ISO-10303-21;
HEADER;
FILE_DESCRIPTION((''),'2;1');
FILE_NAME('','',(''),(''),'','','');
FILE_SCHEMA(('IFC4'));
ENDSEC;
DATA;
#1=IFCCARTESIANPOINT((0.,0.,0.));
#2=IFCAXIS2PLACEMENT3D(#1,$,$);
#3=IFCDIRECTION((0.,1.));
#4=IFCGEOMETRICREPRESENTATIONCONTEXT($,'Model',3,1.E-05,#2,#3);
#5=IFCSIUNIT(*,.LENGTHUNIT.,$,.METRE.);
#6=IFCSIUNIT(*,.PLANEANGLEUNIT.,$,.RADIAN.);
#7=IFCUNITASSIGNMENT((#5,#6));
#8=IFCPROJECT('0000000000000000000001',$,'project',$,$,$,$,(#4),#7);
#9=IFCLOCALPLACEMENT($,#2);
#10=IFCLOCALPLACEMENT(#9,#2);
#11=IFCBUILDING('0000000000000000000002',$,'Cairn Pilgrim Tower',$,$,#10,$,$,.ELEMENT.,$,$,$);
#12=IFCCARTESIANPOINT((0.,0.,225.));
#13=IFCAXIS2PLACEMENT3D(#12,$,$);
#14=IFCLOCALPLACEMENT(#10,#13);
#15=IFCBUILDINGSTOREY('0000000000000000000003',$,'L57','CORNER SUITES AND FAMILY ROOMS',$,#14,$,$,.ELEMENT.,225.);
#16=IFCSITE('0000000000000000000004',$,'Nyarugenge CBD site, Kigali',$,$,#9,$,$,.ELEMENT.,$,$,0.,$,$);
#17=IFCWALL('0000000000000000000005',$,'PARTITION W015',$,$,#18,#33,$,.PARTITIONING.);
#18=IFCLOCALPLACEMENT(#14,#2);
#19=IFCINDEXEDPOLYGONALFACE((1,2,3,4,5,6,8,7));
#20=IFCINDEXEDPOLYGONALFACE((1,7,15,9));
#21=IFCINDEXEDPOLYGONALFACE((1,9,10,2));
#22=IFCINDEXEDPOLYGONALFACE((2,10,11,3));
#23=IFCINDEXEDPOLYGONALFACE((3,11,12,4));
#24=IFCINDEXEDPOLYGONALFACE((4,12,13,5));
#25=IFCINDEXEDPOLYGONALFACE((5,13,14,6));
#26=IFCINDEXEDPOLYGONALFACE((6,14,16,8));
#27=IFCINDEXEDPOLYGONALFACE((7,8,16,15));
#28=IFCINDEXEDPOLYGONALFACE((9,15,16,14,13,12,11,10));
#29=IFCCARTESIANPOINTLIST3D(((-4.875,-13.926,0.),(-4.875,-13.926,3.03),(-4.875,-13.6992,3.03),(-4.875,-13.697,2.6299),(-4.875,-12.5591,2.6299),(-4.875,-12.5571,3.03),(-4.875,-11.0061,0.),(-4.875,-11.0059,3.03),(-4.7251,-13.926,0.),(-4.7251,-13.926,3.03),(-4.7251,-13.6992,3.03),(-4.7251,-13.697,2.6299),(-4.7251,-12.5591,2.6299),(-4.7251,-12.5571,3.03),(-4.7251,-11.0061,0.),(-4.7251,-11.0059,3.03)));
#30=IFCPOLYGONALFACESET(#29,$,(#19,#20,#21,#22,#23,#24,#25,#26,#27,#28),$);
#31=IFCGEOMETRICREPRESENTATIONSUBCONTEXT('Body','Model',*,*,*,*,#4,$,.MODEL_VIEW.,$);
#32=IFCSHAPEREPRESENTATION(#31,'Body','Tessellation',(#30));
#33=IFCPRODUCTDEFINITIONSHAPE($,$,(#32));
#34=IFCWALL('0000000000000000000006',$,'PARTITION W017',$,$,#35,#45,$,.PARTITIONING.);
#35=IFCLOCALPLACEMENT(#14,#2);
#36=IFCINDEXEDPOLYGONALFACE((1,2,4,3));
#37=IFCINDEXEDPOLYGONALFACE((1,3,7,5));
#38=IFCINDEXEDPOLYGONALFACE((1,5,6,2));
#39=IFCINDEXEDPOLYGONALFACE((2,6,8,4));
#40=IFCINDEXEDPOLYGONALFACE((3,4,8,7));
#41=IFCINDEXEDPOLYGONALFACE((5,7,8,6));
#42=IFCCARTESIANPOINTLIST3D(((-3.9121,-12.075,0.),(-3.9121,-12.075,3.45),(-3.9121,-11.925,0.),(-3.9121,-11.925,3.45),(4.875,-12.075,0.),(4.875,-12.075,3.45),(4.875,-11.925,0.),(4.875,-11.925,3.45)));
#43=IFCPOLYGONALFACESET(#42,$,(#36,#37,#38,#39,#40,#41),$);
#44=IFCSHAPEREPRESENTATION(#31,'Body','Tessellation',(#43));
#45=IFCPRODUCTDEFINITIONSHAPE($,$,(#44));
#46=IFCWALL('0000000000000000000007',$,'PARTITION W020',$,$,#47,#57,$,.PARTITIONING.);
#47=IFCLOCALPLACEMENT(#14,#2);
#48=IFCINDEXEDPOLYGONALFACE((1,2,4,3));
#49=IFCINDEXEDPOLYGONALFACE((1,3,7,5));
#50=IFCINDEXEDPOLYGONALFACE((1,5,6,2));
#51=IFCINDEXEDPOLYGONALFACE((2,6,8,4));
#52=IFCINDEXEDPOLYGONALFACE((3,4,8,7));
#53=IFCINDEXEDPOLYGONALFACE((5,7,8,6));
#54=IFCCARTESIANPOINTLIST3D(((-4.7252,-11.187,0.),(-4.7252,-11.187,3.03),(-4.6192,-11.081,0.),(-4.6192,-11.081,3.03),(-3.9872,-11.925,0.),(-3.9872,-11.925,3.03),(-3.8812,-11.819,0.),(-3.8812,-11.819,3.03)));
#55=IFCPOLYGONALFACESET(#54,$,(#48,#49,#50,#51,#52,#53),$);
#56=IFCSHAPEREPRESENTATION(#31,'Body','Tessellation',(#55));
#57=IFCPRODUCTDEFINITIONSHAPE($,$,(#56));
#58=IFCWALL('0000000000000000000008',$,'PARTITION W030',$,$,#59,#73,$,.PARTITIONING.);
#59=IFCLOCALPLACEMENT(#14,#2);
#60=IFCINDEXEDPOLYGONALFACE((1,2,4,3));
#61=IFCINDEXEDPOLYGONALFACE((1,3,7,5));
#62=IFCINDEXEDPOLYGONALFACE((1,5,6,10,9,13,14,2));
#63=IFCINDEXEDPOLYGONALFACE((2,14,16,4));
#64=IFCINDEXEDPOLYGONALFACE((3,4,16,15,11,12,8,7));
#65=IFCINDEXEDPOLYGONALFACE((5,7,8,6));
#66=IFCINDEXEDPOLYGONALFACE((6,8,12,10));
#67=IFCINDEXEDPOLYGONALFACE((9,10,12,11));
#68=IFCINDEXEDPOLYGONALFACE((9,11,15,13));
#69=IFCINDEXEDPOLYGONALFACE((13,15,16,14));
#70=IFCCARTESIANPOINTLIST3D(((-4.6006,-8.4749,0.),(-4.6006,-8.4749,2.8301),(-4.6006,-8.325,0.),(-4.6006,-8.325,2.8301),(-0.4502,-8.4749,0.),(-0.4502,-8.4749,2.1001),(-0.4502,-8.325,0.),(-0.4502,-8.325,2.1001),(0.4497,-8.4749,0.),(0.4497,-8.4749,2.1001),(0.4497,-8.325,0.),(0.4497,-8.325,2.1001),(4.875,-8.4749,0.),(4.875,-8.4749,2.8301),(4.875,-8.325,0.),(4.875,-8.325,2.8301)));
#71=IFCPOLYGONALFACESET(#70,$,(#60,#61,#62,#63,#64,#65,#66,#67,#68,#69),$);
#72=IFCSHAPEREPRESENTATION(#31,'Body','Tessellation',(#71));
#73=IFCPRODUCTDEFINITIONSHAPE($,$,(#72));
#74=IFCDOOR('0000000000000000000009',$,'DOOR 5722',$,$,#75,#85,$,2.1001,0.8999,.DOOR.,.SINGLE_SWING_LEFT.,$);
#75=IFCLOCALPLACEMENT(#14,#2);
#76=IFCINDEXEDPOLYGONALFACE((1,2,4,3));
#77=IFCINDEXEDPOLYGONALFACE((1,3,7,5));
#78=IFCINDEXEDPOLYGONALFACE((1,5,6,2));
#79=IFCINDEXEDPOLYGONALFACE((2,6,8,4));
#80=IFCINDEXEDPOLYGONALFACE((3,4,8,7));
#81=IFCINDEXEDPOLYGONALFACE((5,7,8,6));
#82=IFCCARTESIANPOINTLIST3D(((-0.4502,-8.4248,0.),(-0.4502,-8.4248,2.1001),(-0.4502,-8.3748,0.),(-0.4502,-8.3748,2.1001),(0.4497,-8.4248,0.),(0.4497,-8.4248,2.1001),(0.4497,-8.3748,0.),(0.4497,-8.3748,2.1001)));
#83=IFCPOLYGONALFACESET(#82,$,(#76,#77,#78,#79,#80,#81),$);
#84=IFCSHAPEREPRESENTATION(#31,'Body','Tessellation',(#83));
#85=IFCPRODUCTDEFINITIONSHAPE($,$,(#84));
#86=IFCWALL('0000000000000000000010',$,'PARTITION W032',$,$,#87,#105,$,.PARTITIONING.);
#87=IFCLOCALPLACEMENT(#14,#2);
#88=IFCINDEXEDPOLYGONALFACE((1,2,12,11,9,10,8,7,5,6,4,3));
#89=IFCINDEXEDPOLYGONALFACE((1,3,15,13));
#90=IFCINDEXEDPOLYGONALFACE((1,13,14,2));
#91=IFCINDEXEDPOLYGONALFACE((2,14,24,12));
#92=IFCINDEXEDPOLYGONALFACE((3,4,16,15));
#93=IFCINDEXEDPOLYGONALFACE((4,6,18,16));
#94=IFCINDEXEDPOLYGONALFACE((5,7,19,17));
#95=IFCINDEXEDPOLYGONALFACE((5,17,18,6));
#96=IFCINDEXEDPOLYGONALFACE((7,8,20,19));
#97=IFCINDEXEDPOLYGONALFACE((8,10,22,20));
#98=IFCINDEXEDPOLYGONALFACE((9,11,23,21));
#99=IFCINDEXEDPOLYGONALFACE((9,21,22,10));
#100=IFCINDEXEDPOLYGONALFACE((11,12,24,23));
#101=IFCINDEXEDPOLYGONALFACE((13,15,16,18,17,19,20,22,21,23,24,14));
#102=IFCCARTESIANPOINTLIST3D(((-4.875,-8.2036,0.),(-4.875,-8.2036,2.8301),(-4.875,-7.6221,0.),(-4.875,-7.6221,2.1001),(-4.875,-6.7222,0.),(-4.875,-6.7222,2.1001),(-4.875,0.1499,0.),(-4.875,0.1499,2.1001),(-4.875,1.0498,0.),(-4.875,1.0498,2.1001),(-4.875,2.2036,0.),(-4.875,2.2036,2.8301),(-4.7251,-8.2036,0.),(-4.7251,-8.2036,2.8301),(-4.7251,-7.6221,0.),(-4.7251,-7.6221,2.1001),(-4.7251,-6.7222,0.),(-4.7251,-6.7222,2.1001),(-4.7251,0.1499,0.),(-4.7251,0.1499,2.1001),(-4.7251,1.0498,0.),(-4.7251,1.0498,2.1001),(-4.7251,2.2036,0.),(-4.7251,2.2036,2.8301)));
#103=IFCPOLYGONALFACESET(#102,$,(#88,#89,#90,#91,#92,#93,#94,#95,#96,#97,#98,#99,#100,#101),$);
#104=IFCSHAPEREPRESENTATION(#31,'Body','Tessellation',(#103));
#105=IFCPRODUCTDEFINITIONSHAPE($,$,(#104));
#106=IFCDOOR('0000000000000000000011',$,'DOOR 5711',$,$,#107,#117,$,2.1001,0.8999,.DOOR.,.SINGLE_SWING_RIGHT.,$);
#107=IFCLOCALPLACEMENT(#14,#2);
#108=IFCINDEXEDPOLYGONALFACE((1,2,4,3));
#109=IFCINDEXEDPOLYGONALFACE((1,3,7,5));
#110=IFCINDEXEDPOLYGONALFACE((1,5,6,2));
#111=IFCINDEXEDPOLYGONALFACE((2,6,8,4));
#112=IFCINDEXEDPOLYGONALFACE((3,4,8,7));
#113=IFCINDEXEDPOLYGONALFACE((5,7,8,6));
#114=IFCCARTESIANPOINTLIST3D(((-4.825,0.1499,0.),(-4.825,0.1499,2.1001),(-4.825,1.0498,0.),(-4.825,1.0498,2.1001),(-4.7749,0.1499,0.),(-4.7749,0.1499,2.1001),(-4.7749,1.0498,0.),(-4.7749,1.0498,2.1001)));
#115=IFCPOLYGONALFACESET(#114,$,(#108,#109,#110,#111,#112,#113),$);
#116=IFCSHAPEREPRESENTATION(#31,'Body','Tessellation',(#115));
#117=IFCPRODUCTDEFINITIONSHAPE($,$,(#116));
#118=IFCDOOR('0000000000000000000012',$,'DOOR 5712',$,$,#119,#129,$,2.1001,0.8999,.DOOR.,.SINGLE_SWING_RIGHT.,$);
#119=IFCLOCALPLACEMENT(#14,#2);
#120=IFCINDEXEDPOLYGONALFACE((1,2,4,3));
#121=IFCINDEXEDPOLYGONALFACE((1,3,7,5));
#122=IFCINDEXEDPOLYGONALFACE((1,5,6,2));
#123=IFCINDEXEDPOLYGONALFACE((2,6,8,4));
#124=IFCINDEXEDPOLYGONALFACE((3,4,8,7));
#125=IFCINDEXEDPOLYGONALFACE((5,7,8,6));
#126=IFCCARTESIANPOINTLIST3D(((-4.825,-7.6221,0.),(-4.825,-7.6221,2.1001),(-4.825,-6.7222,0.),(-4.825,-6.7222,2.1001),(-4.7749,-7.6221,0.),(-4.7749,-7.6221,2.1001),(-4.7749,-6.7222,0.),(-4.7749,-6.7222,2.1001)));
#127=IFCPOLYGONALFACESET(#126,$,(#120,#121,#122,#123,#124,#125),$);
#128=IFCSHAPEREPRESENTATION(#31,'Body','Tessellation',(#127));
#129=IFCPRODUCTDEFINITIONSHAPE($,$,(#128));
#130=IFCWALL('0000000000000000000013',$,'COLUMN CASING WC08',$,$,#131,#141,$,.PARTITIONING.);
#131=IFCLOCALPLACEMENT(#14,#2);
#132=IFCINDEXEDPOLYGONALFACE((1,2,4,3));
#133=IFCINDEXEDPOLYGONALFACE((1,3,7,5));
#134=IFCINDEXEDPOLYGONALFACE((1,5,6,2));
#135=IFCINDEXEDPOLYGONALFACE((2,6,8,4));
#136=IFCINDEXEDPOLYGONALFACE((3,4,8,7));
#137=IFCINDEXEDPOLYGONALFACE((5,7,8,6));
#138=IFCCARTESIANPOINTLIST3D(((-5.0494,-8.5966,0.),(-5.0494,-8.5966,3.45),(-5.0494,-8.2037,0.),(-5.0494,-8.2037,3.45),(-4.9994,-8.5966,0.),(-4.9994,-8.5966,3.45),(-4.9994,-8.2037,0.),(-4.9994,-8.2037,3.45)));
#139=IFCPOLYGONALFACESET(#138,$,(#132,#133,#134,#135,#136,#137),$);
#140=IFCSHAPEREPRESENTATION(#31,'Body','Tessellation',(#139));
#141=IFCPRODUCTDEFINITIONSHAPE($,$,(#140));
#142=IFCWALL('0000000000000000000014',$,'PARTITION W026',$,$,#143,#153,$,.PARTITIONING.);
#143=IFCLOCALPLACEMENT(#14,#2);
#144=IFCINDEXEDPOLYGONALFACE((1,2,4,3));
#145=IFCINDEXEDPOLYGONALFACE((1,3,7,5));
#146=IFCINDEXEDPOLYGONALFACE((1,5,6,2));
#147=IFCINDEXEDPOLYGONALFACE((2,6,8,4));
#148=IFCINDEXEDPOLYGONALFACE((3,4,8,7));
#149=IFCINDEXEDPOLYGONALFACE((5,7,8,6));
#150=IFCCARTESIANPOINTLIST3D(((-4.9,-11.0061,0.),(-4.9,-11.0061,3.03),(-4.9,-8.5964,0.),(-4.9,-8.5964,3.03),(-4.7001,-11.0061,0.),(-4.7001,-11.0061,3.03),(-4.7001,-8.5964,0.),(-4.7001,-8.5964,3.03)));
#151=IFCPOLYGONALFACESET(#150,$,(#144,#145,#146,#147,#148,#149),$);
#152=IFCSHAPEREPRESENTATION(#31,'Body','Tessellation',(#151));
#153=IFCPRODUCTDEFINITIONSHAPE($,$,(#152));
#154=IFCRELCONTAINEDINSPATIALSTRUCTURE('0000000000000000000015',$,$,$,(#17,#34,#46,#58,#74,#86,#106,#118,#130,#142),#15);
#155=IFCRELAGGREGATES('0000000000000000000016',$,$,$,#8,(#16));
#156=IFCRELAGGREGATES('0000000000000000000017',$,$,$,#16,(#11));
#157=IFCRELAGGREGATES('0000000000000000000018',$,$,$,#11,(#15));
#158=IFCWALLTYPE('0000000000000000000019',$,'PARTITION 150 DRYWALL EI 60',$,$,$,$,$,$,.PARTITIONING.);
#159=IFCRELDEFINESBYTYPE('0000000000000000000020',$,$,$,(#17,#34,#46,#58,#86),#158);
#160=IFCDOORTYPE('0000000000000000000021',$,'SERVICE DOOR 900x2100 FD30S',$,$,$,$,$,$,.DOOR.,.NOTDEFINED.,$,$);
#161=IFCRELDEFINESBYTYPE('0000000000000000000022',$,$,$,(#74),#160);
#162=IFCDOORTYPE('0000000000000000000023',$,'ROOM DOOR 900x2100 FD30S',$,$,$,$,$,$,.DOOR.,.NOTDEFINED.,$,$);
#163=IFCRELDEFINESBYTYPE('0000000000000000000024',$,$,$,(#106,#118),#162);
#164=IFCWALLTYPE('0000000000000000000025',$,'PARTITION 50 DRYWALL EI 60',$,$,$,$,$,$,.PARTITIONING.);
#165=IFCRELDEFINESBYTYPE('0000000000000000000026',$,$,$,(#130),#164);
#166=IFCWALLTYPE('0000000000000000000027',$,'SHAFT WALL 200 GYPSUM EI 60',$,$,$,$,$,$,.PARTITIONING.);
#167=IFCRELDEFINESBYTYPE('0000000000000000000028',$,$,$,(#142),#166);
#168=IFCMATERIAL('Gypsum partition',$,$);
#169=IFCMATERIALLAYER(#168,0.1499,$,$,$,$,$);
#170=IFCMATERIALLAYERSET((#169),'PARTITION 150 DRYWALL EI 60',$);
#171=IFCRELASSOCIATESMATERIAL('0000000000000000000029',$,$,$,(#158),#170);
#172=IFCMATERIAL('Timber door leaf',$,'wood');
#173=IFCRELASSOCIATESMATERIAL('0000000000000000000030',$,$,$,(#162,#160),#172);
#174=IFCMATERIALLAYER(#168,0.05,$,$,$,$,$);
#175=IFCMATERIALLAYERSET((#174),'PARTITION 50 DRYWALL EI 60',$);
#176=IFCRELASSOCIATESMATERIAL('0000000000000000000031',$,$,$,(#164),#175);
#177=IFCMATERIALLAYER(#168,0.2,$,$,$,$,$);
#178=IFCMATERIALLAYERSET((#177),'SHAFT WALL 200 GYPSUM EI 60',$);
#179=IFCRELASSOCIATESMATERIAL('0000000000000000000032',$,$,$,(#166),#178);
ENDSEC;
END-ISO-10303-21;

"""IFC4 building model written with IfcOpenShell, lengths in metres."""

from ifc_helpers import new_model, si_unit, direction, frame, frame_2d, origin, place, context, subcontext, project, spatial, polyline, rectangle, outline, extrude, material, layer, layer_set, type_object, element, fill, save


model = new_model("IFC4")

# Units and contexts
model_context = context("Model", 3, precision=1e-05, world=origin(), true_north=direction((0.0, 1.0)))
body_context = subcontext(model_context, "Body", "Model", "MODEL_VIEW")
ifc_project = project(units=[si_unit("LENGTHUNIT", "METRE"), si_unit("PLANEANGLEUNIT", "RADIAN")], contexts=[model_context])

# Site, building, storey
site_placement = place(None, origin())
site = spatial("IfcSite", under=ifc_project, at=site_placement, Name="Nyarugenge CBD site, Kigali", CompositionType="ELEMENT", RefElevation=0.0)
building_placement = place(site_placement, origin())
building = spatial("IfcBuilding", under=site, at=building_placement, Name="Cairn Pilgrim Tower", CompositionType="ELEMENT")
storey_placement = place(building_placement, frame((0.0, 0.0, 225.0)))
storey = spatial("IfcBuildingStorey", under=building, at=storey_placement, Name="L57", Description="CORNER SUITES AND FAMILY ROOMS", CompositionType="ELEMENT", Elevation=225.0)

# Shared definitions
ifc_material_1 = material(Name="Gypsum partition")
ifc_layer_1 = layer(ifc_material_1, 0.1499)
ifc_layer_set_1 = layer_set([ifc_layer_1], Name="PARTITION 150 DRYWALL EI 60")
wall_type_1 = type_object("IfcWallType", Name="PARTITION 150 DRYWALL EI 60", PredefinedType="PARTITIONING", material=ifc_layer_set_1)
ifc_material_2 = material(Name="Timber door leaf", Category="wood")
door_type_1 = type_object("IfcDoorType", Name="ROOM DOOR 900x2100 FD30S", OperationType="NOTDEFINED", PredefinedType="DOOR", material=ifc_material_2)

# Walls
wall_1_placement = place(storey_placement, frame((-4.8, -13.926, 0.0), z_axis=(0.0, 0.0, 1.0), x_axis=(0.0, 1.0, 0.0)))
element("IfcWall", 1, at=wall_1_placement, inside=storey, type_object=wall_type_1, Name="PARTITION W015", PredefinedType="PARTITIONING", context=body_context, shape_type="SweptSolid", body=[
    extrude(outline(polyline([(0.0, 0.0), (2.9199, 0.0), (2.9202, 3.03), (1.3689, 3.03), (1.3669, 2.6299), (0.229, 2.6299), (0.2268, 3.03), (0.0, 3.03), (0.0, 0.0)])), frame((0.0, 0.075, 0.0), z_axis=(0.0, -1.0, 0.0), x_axis=(1.0, 0.0, 0.0)), (0.0, 0.0, 1.0), 0.1499),
])
wall_2_placement = place(storey_placement, frame((-3.9121, -12.0, 0.0), z_axis=(0.0, 0.0, 1.0), x_axis=(1.0, 0.0, 0.0)))
element("IfcWall", 2, at=wall_2_placement, inside=storey, type_object=wall_type_1, Name="PARTITION W017", PredefinedType="PARTITIONING", context=body_context, shape_type="SweptSolid", body=[
    extrude(rectangle(XDim=8.7871, YDim=0.1499, at=frame_2d((4.3936, 0.0))), origin(), (0.0, 0.0, 1.0), 3.45),
])
wall_3_placement = place(storey_placement, frame((-3.9341, -11.8721, 0.0), z_axis=(0.0, 0.0, 1.0), x_axis=(-0.707107, 0.707107, 0.0)))
element("IfcWall", 3, at=wall_3_placement, inside=storey, type_object=wall_type_1, Name="PARTITION W020", PredefinedType="PARTITIONING", context=body_context, shape_type="SweptSolid", body=[
    extrude(rectangle(XDim=1.0437, YDim=0.1499, at=frame_2d((0.522, 0.0))), origin(), (0.0, 0.0, 1.0), 3.03),
])

# Wall, opening, door
wall_4_placement = place(storey_placement, frame((-4.6006, -8.3999, 0.0), z_axis=(0.0, 0.0, 1.0), x_axis=(1.0, 0.0, 0.0)))
wall_4 = element("IfcWall", 4, at=wall_4_placement, inside=storey, type_object=wall_type_1, Name="PARTITION W030", PredefinedType="PARTITIONING", context=body_context, shape_type="SweptSolid", body=[
    extrude(rectangle(XDim=9.4756, YDim=0.1499, at=frame_2d((4.7378, 0.0))), origin(), (0.0, 0.0, 1.0), 2.8301),
])
opening_1_placement = place(wall_4_placement, frame((4.1504, 0.0, 0.0)))
opening_1 = element("IfcOpeningElement", 5, at=opening_1_placement, cuts=wall_4, PredefinedType="OPENING", context=body_context, shape_type="SweptSolid", body=[
    extrude(rectangle(XDim=0.8999, YDim=2.1001, at=frame_2d((0.45, 1.05))), frame((0.0, 0.085, 0.0), z_axis=(0.0, -1.0, 0.0), x_axis=(1.0, 0.0, 0.0)), (0.0, 0.0, 1.0), 0.1699),
])
door_type_2 = type_object("IfcDoorType", Name="SERVICE DOOR 900x2100 FD30S", OperationType="NOTDEFINED", PredefinedType="DOOR", material=ifc_material_2)
door_1_placement = place(opening_1_placement, frame((0.8999, 0.0, 0.0), z_axis=(0.0, 0.0, 1.0), x_axis=(-1.0, 0.0, 0.0)))
door_1 = element("IfcDoor", 6, at=door_1_placement, inside=storey, type_object=door_type_2, Name="DOOR 5722", OperationType="SINGLE_SWING_LEFT", OverallHeight=2.1001, OverallWidth=0.8999, PredefinedType="DOOR", context=body_context, shape_type="SweptSolid", body=[
    extrude(rectangle(XDim=0.8999, YDim=2.1001, at=frame_2d((0.45, 1.05))), frame((0.0, 0.0249, 0.0), z_axis=(0.0, -1.0, 0.0), x_axis=(1.0, 0.0, 0.0)), (0.0, 0.0, 1.0), 0.05),
])
fill(opening_1, door_1)

# Wall, openings, doors
wall_5_placement = place(storey_placement, frame((-4.8, -8.2036, 0.0), z_axis=(0.0, 0.0, 1.0), x_axis=(0.0, 1.0, 0.0)))
wall_5 = element("IfcWall", 7, at=wall_5_placement, inside=storey, type_object=wall_type_1, Name="PARTITION W032", PredefinedType="PARTITIONING", context=body_context, shape_type="SweptSolid", body=[
    extrude(rectangle(XDim=10.4072, YDim=0.1499, at=frame_2d((5.2036, 0.0))), origin(), (0.0, 0.0, 1.0), 2.8301),
])
opening_2_placement = place(wall_5_placement, frame((8.3535, 0.0, 0.0)))
opening_2 = element("IfcOpeningElement", 8, at=opening_2_placement, cuts=wall_5, PredefinedType="OPENING", context=body_context, shape_type="SweptSolid", body=[
    extrude(rectangle(XDim=0.8999, YDim=2.1001, at=frame_2d((0.45, 1.05))), frame((0.0, 0.085, 0.0), z_axis=(0.0, -1.0, 0.0), x_axis=(1.0, 0.0, 0.0)), (0.0, 0.0, 1.0), 0.1699),
])
opening_3_placement = place(wall_5_placement, frame((0.5815, 0.0, 0.0)))
opening_3 = element("IfcOpeningElement", 9, at=opening_3_placement, cuts=wall_5, PredefinedType="OPENING", context=body_context, shape_type="SweptSolid", body=[
    extrude(rectangle(XDim=0.8999, YDim=2.1001, at=frame_2d((0.45, 1.05))), frame((0.0, 0.085, 0.0), z_axis=(0.0, -1.0, 0.0), x_axis=(1.0, 0.0, 0.0)), (0.0, 0.0, 1.0), 0.1699),
])
door_2_placement = place(opening_2_placement, origin())
door_2 = element("IfcDoor", 10, at=door_2_placement, inside=storey, type_object=door_type_1, Name="DOOR 5711", OperationType="SINGLE_SWING_RIGHT", OverallHeight=2.1001, OverallWidth=0.8999, PredefinedType="DOOR", context=body_context, shape_type="SweptSolid", body=[
    extrude(rectangle(XDim=0.8999, YDim=2.1001, at=frame_2d((0.45, 1.05))), frame((0.0, 0.0249, 0.0), z_axis=(0.0, -1.0, 0.0), x_axis=(1.0, 0.0, 0.0)), (0.0, 0.0, 1.0), 0.05),
])
fill(opening_2, door_2)
door_3_placement = place(opening_3_placement, origin())
door_3 = element("IfcDoor", 11, at=door_3_placement, inside=storey, type_object=door_type_1, Name="DOOR 5712", OperationType="SINGLE_SWING_RIGHT", OverallHeight=2.1001, OverallWidth=0.8999, PredefinedType="DOOR", context=body_context, shape_type="SweptSolid", body=[
    extrude(rectangle(XDim=0.8999, YDim=2.1001, at=frame_2d((0.45, 1.05))), frame((0.0, 0.0249, 0.0), z_axis=(0.0, -1.0, 0.0), x_axis=(1.0, 0.0, 0.0)), (0.0, 0.0, 1.0), 0.05),
])
fill(opening_3, door_3)

# Walls
ifc_layer_2 = layer(ifc_material_1, 0.05)
ifc_layer_set_2 = layer_set([ifc_layer_2], Name="PARTITION 50 DRYWALL EI 60")
wall_type_2 = type_object("IfcWallType", Name="PARTITION 50 DRYWALL EI 60", PredefinedType="PARTITIONING", material=ifc_layer_set_2)
wall_6_placement = place(storey_placement, frame((-5.0244, -8.5964, 0.0), z_axis=(0.0, 0.0, 1.0), x_axis=(0.0, 1.0, 0.0)))
element("IfcWall", 12, at=wall_6_placement, inside=storey, type_object=wall_type_2, Name="COLUMN CASING WC08", PredefinedType="PARTITIONING", context=body_context, shape_type="SweptSolid", body=[
    extrude(rectangle(XDim=0.3928, YDim=0.05, at=frame_2d((0.1963, 0.0))), origin(), (0.0, 0.0, 1.0), 3.45),
])
ifc_layer_3 = layer(ifc_material_1, 0.2)
ifc_layer_set_3 = layer_set([ifc_layer_3], Name="SHAFT WALL 200 GYPSUM EI 60")
wall_type_3 = type_object("IfcWallType", Name="SHAFT WALL 200 GYPSUM EI 60", PredefinedType="PARTITIONING", material=ifc_layer_set_3)
wall_7_placement = place(storey_placement, frame((-4.8, -11.0061, 0.0), z_axis=(0.0, 0.0, 1.0), x_axis=(0.0, 1.0, 0.0)))
element("IfcWall", 13, at=wall_7_placement, inside=storey, type_object=wall_type_3, Name="PARTITION W026", PredefinedType="PARTITIONING", context=body_context, shape_type="SweptSolid", body=[
    extrude(rectangle(XDim=2.4097, YDim=0.2, at=frame_2d((1.2048, 0.0))), origin(), (0.0, 0.0, 1.0), 3.03),
])

save(model, "model.ifc")
